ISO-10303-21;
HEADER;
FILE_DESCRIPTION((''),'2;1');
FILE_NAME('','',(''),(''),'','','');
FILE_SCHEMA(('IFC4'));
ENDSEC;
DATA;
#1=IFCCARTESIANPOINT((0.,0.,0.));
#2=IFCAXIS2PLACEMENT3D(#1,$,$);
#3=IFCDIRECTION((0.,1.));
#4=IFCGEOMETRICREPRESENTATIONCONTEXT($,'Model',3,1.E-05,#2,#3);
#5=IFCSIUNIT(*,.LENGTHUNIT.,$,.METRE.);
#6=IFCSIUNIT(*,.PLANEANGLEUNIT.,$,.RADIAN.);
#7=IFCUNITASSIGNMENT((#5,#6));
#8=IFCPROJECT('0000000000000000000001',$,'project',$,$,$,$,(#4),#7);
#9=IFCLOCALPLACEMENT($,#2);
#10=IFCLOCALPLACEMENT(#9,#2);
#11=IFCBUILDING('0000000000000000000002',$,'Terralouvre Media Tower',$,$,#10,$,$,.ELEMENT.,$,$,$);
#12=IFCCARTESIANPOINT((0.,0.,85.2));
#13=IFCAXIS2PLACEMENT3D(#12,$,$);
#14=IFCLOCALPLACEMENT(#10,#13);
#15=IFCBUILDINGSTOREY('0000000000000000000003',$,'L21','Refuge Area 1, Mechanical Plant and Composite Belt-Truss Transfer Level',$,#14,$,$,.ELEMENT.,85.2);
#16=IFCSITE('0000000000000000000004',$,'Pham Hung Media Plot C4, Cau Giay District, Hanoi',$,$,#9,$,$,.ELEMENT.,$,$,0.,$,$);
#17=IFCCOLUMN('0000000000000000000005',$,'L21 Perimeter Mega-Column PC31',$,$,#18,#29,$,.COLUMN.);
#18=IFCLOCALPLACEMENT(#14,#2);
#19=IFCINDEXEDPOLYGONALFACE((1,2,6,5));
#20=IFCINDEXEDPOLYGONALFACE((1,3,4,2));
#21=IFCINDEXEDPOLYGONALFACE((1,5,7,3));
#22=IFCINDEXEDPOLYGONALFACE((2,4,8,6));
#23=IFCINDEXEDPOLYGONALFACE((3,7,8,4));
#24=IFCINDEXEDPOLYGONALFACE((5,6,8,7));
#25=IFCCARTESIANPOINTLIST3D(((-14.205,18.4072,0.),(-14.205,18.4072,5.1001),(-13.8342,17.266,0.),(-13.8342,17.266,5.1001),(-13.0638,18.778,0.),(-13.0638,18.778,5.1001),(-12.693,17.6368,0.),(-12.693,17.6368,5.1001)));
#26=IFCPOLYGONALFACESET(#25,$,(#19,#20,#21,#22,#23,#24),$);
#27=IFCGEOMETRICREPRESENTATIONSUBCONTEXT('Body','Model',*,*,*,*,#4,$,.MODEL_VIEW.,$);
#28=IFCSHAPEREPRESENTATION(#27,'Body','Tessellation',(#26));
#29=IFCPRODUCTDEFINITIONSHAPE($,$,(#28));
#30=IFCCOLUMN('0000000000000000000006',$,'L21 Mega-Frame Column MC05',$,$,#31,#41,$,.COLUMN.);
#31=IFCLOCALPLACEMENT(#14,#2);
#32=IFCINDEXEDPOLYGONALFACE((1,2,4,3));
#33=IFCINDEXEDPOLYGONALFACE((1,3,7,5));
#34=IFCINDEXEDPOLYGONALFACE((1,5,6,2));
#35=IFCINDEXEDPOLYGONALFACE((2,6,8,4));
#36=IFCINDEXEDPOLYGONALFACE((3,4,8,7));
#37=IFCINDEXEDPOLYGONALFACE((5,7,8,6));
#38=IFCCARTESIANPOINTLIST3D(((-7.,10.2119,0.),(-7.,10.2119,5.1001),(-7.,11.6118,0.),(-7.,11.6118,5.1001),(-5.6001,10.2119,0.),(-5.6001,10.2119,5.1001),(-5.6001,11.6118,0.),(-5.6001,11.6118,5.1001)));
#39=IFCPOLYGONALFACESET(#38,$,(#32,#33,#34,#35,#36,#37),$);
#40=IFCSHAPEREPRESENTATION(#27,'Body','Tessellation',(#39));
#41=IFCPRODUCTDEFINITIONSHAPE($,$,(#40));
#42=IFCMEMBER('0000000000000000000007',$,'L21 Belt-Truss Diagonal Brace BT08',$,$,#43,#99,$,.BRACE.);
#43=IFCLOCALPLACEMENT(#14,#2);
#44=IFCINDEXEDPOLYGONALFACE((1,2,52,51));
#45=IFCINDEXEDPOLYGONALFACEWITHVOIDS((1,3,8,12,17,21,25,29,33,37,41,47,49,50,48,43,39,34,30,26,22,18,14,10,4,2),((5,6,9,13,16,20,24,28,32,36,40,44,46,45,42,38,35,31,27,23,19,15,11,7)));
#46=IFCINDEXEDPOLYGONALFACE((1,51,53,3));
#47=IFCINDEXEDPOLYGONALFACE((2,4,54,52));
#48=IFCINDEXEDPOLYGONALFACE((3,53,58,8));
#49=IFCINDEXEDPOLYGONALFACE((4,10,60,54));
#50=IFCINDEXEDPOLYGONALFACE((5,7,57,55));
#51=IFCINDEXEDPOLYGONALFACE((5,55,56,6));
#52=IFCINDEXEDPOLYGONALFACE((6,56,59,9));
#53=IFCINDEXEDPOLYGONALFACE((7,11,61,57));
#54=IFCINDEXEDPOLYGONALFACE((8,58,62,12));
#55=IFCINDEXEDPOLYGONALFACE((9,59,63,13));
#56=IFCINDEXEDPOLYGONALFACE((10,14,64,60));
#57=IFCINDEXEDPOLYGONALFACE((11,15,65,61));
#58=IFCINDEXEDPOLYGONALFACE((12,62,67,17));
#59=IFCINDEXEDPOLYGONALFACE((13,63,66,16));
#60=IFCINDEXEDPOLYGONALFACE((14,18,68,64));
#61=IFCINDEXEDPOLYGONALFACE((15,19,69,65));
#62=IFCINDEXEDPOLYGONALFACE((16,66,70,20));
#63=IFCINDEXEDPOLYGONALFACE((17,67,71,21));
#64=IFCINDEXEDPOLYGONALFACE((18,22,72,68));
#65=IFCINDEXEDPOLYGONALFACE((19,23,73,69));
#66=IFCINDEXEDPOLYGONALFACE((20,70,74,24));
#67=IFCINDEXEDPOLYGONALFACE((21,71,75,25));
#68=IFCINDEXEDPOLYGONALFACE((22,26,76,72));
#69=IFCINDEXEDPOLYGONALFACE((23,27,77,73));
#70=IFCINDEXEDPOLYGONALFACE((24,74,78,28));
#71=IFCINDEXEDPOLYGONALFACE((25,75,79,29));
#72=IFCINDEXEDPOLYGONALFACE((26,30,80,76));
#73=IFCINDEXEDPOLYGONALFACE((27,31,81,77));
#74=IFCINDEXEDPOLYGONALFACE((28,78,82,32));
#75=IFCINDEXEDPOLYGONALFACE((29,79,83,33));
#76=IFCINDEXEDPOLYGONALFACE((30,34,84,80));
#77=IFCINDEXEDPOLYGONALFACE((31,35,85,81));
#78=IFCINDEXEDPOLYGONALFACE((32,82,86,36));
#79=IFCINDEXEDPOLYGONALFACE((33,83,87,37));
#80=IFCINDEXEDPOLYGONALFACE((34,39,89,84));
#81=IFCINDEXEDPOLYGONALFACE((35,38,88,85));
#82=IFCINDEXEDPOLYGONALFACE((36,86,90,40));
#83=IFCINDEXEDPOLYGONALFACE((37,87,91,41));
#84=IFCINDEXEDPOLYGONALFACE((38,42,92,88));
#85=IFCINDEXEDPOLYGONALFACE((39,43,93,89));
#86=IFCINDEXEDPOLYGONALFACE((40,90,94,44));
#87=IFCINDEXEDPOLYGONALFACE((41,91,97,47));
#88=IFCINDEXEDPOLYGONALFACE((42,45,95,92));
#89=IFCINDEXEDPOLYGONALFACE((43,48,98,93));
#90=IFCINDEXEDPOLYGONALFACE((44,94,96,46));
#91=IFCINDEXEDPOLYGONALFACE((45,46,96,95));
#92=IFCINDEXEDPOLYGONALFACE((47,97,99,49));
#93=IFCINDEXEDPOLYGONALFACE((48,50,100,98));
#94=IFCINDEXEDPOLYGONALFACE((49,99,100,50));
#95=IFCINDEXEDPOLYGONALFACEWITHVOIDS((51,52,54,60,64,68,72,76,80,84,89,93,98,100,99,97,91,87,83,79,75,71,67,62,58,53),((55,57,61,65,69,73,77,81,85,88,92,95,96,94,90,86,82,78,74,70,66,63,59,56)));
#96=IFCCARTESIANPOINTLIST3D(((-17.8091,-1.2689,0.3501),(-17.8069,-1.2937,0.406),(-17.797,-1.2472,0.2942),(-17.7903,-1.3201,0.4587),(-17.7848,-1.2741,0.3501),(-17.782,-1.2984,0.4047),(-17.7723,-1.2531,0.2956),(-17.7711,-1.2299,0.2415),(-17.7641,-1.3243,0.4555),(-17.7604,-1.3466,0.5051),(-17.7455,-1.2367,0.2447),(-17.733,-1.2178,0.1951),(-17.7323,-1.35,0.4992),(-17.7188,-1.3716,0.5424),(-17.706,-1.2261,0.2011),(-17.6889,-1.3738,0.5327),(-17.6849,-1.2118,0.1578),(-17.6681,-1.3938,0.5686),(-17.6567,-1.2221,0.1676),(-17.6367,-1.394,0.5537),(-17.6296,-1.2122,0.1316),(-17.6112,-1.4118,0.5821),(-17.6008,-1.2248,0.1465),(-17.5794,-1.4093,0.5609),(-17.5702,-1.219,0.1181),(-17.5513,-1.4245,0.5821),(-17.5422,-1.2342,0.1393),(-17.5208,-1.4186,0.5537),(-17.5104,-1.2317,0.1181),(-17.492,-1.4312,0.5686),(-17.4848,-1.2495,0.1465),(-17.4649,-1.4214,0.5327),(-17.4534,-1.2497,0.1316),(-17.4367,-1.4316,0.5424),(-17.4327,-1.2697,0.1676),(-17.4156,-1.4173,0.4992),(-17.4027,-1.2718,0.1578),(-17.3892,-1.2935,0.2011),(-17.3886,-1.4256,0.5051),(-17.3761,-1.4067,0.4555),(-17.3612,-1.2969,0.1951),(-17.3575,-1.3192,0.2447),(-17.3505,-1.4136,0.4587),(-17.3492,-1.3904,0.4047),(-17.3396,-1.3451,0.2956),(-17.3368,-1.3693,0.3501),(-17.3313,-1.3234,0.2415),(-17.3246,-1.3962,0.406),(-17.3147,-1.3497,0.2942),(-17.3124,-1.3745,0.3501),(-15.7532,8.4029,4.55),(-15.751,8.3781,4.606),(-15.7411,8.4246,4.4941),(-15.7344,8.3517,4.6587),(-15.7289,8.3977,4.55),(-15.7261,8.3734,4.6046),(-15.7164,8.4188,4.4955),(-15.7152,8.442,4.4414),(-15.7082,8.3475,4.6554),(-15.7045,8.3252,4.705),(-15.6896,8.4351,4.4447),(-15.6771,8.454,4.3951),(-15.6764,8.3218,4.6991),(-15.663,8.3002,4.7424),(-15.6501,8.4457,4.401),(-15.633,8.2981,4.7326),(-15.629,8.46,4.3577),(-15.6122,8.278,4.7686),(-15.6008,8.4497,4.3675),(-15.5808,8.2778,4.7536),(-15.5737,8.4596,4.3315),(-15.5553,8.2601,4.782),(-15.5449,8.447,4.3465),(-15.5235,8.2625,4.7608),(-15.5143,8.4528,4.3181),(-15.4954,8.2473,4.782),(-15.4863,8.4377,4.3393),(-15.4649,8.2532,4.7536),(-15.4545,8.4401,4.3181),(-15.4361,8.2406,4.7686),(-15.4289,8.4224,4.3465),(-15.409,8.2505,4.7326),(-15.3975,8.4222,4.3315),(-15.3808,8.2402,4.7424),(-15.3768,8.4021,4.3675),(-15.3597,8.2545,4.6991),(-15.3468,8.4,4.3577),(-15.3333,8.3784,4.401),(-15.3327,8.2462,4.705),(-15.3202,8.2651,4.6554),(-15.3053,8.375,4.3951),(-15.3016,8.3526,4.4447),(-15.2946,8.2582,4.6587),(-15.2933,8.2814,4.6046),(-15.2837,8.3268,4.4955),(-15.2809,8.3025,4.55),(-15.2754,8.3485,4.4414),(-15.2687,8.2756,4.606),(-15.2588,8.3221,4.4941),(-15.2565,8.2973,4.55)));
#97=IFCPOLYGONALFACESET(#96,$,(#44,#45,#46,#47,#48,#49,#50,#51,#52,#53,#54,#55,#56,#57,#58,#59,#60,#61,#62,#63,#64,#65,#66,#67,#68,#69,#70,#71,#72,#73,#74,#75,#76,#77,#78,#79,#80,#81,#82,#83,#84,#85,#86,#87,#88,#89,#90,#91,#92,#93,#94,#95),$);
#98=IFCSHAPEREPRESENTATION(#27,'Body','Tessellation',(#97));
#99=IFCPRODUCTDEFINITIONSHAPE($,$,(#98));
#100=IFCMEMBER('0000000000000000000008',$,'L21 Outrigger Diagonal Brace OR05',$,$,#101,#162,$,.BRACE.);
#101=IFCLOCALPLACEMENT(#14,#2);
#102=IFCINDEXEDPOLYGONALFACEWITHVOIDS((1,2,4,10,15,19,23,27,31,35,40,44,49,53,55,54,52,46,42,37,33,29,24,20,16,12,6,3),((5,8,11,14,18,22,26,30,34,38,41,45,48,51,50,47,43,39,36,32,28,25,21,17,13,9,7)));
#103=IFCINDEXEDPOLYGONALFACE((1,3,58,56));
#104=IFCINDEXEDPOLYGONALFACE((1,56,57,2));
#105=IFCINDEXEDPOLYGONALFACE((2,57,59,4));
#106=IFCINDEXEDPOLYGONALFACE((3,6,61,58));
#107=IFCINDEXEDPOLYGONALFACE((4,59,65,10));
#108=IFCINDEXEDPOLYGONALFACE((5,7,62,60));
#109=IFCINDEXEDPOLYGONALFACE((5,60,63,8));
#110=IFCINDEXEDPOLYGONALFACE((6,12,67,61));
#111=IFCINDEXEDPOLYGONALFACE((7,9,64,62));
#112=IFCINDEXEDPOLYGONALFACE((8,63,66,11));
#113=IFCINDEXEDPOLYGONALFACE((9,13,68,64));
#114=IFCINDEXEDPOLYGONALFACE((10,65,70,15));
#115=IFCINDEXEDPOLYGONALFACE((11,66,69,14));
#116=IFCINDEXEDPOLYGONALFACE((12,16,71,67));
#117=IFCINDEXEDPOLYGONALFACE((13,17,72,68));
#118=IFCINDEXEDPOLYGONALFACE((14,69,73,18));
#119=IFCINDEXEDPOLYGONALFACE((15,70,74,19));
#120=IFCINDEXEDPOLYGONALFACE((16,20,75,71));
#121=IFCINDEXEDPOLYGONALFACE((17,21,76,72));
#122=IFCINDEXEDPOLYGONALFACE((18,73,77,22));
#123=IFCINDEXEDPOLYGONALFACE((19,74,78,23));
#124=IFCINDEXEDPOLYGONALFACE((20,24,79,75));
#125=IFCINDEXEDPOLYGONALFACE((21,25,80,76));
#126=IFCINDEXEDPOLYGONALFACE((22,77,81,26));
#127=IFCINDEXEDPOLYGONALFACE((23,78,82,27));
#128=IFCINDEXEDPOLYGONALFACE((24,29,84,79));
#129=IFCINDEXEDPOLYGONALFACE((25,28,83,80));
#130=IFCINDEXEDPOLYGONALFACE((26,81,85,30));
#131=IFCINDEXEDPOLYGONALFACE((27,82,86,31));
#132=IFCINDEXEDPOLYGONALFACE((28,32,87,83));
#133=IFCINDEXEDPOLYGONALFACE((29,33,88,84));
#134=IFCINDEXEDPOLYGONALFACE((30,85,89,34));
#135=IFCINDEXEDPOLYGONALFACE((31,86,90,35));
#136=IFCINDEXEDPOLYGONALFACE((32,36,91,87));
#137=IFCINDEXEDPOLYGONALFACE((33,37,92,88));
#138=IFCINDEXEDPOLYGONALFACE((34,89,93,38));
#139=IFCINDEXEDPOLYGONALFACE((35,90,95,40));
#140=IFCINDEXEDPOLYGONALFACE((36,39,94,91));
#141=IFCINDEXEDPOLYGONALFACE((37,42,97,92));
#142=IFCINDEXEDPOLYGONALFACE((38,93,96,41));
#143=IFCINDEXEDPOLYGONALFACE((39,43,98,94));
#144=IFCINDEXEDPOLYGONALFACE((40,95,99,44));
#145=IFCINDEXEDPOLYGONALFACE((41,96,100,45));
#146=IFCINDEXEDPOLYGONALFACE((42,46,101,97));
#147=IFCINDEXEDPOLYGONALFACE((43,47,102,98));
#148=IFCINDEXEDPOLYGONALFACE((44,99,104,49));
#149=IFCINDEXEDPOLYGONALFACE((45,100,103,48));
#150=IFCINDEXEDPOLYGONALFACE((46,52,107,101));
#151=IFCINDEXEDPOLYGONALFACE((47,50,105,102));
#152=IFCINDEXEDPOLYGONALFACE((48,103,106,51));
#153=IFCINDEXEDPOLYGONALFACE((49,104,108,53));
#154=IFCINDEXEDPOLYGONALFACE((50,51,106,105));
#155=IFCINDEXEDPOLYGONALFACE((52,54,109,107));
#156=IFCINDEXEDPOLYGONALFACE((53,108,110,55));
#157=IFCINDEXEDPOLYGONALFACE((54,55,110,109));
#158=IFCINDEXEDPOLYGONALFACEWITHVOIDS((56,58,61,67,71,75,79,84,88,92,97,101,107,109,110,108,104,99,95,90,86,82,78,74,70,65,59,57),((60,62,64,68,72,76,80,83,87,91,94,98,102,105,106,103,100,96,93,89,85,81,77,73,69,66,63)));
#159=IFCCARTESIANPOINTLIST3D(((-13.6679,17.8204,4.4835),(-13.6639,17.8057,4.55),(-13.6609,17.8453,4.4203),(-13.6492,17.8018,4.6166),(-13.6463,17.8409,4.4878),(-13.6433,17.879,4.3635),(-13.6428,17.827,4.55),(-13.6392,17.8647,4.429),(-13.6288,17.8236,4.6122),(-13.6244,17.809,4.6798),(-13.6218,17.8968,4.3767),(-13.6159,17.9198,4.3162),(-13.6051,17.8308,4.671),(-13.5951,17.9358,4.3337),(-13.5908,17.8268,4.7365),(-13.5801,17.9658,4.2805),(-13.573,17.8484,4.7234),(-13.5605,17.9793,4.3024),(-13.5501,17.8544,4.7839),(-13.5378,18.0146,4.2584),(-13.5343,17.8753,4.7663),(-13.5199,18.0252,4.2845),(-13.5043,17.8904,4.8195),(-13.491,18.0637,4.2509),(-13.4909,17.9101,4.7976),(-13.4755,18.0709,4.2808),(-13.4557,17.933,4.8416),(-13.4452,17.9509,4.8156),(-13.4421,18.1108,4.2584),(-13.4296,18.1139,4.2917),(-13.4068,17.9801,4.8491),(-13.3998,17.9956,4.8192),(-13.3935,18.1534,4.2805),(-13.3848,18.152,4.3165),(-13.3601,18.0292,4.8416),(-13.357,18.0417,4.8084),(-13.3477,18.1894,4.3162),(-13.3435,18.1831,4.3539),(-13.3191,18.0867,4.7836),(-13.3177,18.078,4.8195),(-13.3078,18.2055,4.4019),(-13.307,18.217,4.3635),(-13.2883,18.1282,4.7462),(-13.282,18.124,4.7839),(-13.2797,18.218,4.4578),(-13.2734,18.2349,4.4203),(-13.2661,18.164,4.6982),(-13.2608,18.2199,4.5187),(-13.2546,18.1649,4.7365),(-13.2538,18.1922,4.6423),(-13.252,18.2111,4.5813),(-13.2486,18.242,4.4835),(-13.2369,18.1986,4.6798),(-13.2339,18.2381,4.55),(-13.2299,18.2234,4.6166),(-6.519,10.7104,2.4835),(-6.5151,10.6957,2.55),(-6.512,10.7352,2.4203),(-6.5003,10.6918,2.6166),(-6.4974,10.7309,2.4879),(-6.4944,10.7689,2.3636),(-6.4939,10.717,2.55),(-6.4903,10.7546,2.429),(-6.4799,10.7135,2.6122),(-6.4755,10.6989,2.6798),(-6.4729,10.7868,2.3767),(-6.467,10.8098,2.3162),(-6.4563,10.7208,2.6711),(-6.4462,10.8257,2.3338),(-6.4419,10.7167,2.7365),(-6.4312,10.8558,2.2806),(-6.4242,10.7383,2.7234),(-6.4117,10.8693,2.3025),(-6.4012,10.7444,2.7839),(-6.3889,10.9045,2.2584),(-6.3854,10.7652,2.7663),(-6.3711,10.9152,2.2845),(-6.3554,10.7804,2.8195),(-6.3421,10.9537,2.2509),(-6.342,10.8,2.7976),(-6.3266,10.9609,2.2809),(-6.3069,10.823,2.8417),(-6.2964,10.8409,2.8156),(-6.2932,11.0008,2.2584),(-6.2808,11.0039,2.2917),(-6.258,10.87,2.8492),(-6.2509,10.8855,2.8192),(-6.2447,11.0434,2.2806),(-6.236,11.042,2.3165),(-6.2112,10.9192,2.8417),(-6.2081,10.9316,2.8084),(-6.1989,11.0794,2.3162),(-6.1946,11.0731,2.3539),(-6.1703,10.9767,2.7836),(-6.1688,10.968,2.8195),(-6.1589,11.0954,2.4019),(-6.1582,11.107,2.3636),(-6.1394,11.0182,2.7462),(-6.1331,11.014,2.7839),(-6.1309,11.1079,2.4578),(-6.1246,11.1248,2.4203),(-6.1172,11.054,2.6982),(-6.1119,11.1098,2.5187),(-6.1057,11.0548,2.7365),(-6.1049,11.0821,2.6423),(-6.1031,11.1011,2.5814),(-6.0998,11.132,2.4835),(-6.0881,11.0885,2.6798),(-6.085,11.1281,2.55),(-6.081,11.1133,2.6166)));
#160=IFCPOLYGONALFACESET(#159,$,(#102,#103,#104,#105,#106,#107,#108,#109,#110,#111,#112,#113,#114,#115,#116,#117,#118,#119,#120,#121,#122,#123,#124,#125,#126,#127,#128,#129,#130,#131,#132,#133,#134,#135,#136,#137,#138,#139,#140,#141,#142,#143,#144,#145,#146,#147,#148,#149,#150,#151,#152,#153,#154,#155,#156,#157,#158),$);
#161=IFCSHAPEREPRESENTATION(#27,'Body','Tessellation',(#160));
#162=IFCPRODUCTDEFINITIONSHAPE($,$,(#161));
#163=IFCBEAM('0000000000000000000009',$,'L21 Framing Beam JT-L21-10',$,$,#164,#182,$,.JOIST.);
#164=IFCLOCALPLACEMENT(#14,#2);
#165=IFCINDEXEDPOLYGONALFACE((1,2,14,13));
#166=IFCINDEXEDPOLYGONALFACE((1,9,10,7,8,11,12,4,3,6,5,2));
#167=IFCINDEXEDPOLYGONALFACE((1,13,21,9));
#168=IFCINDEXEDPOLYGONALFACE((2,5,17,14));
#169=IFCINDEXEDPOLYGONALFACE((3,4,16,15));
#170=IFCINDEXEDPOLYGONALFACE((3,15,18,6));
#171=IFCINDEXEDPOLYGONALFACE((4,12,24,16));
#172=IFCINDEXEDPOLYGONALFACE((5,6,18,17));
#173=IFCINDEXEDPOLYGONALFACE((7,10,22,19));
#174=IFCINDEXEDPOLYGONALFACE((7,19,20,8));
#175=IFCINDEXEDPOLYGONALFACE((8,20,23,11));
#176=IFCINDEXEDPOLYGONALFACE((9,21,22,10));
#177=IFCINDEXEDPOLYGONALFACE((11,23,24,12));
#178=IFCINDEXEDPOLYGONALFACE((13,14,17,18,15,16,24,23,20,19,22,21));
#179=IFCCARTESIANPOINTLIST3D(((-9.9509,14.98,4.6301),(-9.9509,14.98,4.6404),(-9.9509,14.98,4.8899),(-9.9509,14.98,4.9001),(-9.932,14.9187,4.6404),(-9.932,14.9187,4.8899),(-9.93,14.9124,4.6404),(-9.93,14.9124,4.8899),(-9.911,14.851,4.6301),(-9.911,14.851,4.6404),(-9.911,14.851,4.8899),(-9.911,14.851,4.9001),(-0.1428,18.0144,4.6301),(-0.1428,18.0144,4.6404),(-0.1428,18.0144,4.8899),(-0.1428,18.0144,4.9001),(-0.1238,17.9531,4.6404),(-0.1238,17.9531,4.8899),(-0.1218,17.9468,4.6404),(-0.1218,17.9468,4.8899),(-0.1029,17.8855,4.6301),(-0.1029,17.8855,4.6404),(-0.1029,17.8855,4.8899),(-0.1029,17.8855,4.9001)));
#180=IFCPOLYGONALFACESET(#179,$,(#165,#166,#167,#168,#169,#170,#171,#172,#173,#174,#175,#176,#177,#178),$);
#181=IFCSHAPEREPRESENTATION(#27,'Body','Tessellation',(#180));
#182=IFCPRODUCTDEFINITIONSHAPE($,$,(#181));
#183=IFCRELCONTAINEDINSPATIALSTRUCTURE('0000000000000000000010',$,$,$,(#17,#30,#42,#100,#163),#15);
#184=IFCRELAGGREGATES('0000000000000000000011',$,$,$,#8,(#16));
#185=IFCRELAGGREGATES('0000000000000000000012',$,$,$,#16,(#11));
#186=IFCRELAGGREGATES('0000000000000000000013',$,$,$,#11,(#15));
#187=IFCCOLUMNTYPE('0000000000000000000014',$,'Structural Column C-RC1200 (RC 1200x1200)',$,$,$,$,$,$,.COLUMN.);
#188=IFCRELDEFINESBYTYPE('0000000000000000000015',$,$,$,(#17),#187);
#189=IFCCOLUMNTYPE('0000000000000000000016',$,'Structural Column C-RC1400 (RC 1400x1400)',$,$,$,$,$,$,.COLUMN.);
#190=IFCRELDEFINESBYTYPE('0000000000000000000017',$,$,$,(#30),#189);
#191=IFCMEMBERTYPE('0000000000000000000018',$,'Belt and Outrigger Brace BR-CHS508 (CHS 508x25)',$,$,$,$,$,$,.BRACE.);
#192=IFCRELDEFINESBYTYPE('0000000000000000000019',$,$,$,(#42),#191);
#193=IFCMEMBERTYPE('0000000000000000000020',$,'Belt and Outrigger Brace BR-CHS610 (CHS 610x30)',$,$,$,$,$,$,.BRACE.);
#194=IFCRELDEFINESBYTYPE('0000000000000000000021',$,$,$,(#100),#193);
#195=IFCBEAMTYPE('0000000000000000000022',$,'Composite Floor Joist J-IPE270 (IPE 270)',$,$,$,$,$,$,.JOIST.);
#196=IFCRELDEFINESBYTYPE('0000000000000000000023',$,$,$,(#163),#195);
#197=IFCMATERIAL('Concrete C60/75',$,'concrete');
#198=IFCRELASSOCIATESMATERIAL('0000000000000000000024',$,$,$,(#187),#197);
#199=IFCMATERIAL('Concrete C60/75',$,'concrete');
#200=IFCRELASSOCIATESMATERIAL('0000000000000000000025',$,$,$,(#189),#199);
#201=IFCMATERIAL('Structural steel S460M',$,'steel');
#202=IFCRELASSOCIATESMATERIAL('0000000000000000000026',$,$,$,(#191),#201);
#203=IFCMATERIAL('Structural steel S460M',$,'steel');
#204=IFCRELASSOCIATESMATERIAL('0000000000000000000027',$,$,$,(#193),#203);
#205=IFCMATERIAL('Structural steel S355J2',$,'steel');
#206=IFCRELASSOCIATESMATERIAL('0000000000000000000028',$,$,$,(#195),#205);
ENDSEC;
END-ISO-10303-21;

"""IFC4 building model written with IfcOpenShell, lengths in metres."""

from ifc_helpers import new_model, si_unit, direction, frame, origin, origin_2d, place, context, subcontext, project, spatial, rectangle, hollow_circle, i_section, extrude, material, material_profile, profile_set, type_object, element, save


model = new_model("IFC4")

# Units and contexts
model_context = context("Model", 3, precision=1e-05, world=origin(), true_north=direction((0.0, 1.0)))
body_context = subcontext(model_context, "Body", "Model", "MODEL_VIEW")
ifc_project = project(units=[si_unit("LENGTHUNIT", "METRE"), si_unit("PLANEANGLEUNIT", "RADIAN")], contexts=[model_context])

# Site, building, storey
site_placement = place(None, origin())
site = spatial("IfcSite", under=ifc_project, at=site_placement, Name="Pham Hung Media Plot C4, Cau Giay District, Hanoi", CompositionType="ELEMENT", RefElevation=0.0)
building_placement = place(site_placement, origin())
building = spatial("IfcBuilding", under=site, at=building_placement, Name="Terralouvre Media Tower", CompositionType="ELEMENT")
storey_placement = place(building_placement, frame((0.0, 0.0, 85.2)))
storey = spatial("IfcBuildingStorey", under=building, at=storey_placement, Name="L21", Description="Refuge Area 1, Mechanical Plant and Composite Belt-Truss Transfer Level", CompositionType="ELEMENT", Elevation=85.2)

# Columns
ifc_material_1 = material(Name="Concrete C60/75", Category="concrete")
ifc_material_profile_1 = material_profile(ifc_material_1, rectangle(XDim=1.2, YDim=1.2, at=origin_2d()), Name="RC 1200x1200")
ifc_profile_set_1 = profile_set([ifc_material_profile_1], Name="Concrete C60/75")
column_type_1 = type_object("IfcColumnType", Name="Structural Column C-RC1200 (RC 1200x1200)", PredefinedType="COLUMN", material=ifc_profile_set_1)
column_1_placement = place(storey_placement, frame((-13.449, 18.022, 0.0), z_axis=(0.0, 0.0, 1.0), x_axis=(0.951057, 0.309017, 0.0)))
element("IfcColumn", 1, at=column_1_placement, inside=storey, type_object=column_type_1, Name="L21 Perimeter Mega-Column PC31", PredefinedType="COLUMN", context=body_context, shape_type="SweptSolid", body=[
    extrude(rectangle(XDim=1.2, YDim=1.2, at=origin_2d()), origin(), (0.0, 0.0, 1.0), 5.1001),
])
ifc_material_2 = material(Name="Concrete C60/75", Category="concrete")
ifc_material_profile_2 = material_profile(ifc_material_2, rectangle(XDim=1.3999, YDim=1.3999, at=origin_2d()), Name="RC 1400x1400")
ifc_profile_set_2 = profile_set([ifc_material_profile_2], Name="Concrete C60/75")
column_type_2 = type_object("IfcColumnType", Name="Structural Column C-RC1400 (RC 1400x1400)", PredefinedType="COLUMN", material=ifc_profile_set_2)
column_2_placement = place(storey_placement, frame((-6.3, 10.9119, 0.0), z_axis=(0.0, 0.0, 1.0), x_axis=(1.0, 0.0, 0.0)))
element("IfcColumn", 2, at=column_2_placement, inside=storey, type_object=column_type_2, Name="L21 Mega-Frame Column MC05", PredefinedType="COLUMN", context=body_context, shape_type="SweptSolid", body=[
    extrude(rectangle(XDim=1.3999, YDim=1.3999, at=origin_2d()), origin(), (0.0, 0.0, 1.0), 5.1001),
])

# Members
ifc_material_3 = material(Name="Structural steel S460M", Category="steel")
ifc_material_profile_3 = material_profile(ifc_material_3, hollow_circle(Radius=0.2539, WallThickness=0.0249, at=origin_2d()), Name="CHS 508x25")
ifc_profile_set_3 = profile_set([ifc_material_profile_3], Name="Structural steel S460M")
member_type_1 = type_object("IfcMemberType", Name="Belt and Outrigger Brace BR-CHS508 (CHS 508x25)", PredefinedType="BRACE", material=ifc_profile_set_3)
member_1_placement = place(storey_placement, frame((-15.5049, 8.3501, 4.55), z_axis=(-0.191372, -0.900298, -0.390949), x_axis=(0.978146, -0.20792, 0.0)))
element("IfcMember", 3, at=member_1_placement, inside=storey, type_object=member_type_1, Name="L21 Belt-Truss Diagonal Brace BT08", PredefinedType="BRACE", context=body_context, shape_type="SweptSolid", body=[
    extrude(hollow_circle(Radius=0.2539, WallThickness=0.0249, at=origin_2d()), origin(), (0.0, 0.0, 1.0), 10.7429),
])
ifc_material_4 = material(Name="Structural steel S460M", Category="steel")
ifc_material_profile_4 = material_profile(ifc_material_4, hollow_circle(Radius=0.3049, WallThickness=0.03, at=origin_2d()), Name="CHS 610x30")
ifc_profile_set_4 = profile_set([ifc_material_profile_4], Name="Structural steel S460M")
member_type_2 = type_object("IfcMemberType", Name="Belt and Outrigger Brace BR-CHS610 (CHS 610x30)", PredefinedType="BRACE", material=ifc_profile_set_4)
member_2_placement = place(storey_placement, frame((-6.3, 10.9119, 2.55), z_axis=(-0.695479, 0.691702, 0.194569), x_axis=(-0.705179, -0.709029, 0.0)))
element("IfcMember", 4, at=member_2_placement, inside=storey, type_object=member_type_2, Name="L21 Outrigger Diagonal Brace OR05", PredefinedType="BRACE", context=body_context, shape_type="SweptSolid", body=[
    extrude(hollow_circle(Radius=0.3049, WallThickness=0.03, at=origin_2d()), origin(), (0.0, 0.0, 1.0), 10.2791),
])

# Beam
ifc_material_5 = material(Name="Structural steel S355J2", Category="steel")
ifc_material_profile_5 = material_profile(ifc_material_5, i_section(OverallWidth=0.135, OverallDepth=0.27, WebThickness=0.0066, FlangeThickness=0.0103, at=origin_2d()), Name="IPE 270")
ifc_profile_set_5 = profile_set([ifc_material_profile_5], Name="Structural steel S355J2")
beam_type_1 = type_object("IfcBeamType", Name="Composite Floor Joist J-IPE270 (IPE 270)", PredefinedType="JOIST", material=ifc_profile_set_5)
beam_1_placement = place(storey_placement, frame((-0.1228, 17.95, 4.7651), z_axis=(-0.955325, -0.295558, 0.0), x_axis=(0.295558, -0.955325, 0.0)))
element("IfcBeam", 5, at=beam_1_placement, inside=storey, type_object=beam_type_1, Name="L21 Framing Beam JT-L21-10", PredefinedType="JOIST", context=body_context, shape_type="SweptSolid", body=[
    extrude(i_section(OverallWidth=0.135, OverallDepth=0.27, WebThickness=0.0066, FlangeThickness=0.0103, at=origin_2d()), origin(), (0.0, 0.0, 1.0), 10.2668),
])

save(model, "model.ifc")
